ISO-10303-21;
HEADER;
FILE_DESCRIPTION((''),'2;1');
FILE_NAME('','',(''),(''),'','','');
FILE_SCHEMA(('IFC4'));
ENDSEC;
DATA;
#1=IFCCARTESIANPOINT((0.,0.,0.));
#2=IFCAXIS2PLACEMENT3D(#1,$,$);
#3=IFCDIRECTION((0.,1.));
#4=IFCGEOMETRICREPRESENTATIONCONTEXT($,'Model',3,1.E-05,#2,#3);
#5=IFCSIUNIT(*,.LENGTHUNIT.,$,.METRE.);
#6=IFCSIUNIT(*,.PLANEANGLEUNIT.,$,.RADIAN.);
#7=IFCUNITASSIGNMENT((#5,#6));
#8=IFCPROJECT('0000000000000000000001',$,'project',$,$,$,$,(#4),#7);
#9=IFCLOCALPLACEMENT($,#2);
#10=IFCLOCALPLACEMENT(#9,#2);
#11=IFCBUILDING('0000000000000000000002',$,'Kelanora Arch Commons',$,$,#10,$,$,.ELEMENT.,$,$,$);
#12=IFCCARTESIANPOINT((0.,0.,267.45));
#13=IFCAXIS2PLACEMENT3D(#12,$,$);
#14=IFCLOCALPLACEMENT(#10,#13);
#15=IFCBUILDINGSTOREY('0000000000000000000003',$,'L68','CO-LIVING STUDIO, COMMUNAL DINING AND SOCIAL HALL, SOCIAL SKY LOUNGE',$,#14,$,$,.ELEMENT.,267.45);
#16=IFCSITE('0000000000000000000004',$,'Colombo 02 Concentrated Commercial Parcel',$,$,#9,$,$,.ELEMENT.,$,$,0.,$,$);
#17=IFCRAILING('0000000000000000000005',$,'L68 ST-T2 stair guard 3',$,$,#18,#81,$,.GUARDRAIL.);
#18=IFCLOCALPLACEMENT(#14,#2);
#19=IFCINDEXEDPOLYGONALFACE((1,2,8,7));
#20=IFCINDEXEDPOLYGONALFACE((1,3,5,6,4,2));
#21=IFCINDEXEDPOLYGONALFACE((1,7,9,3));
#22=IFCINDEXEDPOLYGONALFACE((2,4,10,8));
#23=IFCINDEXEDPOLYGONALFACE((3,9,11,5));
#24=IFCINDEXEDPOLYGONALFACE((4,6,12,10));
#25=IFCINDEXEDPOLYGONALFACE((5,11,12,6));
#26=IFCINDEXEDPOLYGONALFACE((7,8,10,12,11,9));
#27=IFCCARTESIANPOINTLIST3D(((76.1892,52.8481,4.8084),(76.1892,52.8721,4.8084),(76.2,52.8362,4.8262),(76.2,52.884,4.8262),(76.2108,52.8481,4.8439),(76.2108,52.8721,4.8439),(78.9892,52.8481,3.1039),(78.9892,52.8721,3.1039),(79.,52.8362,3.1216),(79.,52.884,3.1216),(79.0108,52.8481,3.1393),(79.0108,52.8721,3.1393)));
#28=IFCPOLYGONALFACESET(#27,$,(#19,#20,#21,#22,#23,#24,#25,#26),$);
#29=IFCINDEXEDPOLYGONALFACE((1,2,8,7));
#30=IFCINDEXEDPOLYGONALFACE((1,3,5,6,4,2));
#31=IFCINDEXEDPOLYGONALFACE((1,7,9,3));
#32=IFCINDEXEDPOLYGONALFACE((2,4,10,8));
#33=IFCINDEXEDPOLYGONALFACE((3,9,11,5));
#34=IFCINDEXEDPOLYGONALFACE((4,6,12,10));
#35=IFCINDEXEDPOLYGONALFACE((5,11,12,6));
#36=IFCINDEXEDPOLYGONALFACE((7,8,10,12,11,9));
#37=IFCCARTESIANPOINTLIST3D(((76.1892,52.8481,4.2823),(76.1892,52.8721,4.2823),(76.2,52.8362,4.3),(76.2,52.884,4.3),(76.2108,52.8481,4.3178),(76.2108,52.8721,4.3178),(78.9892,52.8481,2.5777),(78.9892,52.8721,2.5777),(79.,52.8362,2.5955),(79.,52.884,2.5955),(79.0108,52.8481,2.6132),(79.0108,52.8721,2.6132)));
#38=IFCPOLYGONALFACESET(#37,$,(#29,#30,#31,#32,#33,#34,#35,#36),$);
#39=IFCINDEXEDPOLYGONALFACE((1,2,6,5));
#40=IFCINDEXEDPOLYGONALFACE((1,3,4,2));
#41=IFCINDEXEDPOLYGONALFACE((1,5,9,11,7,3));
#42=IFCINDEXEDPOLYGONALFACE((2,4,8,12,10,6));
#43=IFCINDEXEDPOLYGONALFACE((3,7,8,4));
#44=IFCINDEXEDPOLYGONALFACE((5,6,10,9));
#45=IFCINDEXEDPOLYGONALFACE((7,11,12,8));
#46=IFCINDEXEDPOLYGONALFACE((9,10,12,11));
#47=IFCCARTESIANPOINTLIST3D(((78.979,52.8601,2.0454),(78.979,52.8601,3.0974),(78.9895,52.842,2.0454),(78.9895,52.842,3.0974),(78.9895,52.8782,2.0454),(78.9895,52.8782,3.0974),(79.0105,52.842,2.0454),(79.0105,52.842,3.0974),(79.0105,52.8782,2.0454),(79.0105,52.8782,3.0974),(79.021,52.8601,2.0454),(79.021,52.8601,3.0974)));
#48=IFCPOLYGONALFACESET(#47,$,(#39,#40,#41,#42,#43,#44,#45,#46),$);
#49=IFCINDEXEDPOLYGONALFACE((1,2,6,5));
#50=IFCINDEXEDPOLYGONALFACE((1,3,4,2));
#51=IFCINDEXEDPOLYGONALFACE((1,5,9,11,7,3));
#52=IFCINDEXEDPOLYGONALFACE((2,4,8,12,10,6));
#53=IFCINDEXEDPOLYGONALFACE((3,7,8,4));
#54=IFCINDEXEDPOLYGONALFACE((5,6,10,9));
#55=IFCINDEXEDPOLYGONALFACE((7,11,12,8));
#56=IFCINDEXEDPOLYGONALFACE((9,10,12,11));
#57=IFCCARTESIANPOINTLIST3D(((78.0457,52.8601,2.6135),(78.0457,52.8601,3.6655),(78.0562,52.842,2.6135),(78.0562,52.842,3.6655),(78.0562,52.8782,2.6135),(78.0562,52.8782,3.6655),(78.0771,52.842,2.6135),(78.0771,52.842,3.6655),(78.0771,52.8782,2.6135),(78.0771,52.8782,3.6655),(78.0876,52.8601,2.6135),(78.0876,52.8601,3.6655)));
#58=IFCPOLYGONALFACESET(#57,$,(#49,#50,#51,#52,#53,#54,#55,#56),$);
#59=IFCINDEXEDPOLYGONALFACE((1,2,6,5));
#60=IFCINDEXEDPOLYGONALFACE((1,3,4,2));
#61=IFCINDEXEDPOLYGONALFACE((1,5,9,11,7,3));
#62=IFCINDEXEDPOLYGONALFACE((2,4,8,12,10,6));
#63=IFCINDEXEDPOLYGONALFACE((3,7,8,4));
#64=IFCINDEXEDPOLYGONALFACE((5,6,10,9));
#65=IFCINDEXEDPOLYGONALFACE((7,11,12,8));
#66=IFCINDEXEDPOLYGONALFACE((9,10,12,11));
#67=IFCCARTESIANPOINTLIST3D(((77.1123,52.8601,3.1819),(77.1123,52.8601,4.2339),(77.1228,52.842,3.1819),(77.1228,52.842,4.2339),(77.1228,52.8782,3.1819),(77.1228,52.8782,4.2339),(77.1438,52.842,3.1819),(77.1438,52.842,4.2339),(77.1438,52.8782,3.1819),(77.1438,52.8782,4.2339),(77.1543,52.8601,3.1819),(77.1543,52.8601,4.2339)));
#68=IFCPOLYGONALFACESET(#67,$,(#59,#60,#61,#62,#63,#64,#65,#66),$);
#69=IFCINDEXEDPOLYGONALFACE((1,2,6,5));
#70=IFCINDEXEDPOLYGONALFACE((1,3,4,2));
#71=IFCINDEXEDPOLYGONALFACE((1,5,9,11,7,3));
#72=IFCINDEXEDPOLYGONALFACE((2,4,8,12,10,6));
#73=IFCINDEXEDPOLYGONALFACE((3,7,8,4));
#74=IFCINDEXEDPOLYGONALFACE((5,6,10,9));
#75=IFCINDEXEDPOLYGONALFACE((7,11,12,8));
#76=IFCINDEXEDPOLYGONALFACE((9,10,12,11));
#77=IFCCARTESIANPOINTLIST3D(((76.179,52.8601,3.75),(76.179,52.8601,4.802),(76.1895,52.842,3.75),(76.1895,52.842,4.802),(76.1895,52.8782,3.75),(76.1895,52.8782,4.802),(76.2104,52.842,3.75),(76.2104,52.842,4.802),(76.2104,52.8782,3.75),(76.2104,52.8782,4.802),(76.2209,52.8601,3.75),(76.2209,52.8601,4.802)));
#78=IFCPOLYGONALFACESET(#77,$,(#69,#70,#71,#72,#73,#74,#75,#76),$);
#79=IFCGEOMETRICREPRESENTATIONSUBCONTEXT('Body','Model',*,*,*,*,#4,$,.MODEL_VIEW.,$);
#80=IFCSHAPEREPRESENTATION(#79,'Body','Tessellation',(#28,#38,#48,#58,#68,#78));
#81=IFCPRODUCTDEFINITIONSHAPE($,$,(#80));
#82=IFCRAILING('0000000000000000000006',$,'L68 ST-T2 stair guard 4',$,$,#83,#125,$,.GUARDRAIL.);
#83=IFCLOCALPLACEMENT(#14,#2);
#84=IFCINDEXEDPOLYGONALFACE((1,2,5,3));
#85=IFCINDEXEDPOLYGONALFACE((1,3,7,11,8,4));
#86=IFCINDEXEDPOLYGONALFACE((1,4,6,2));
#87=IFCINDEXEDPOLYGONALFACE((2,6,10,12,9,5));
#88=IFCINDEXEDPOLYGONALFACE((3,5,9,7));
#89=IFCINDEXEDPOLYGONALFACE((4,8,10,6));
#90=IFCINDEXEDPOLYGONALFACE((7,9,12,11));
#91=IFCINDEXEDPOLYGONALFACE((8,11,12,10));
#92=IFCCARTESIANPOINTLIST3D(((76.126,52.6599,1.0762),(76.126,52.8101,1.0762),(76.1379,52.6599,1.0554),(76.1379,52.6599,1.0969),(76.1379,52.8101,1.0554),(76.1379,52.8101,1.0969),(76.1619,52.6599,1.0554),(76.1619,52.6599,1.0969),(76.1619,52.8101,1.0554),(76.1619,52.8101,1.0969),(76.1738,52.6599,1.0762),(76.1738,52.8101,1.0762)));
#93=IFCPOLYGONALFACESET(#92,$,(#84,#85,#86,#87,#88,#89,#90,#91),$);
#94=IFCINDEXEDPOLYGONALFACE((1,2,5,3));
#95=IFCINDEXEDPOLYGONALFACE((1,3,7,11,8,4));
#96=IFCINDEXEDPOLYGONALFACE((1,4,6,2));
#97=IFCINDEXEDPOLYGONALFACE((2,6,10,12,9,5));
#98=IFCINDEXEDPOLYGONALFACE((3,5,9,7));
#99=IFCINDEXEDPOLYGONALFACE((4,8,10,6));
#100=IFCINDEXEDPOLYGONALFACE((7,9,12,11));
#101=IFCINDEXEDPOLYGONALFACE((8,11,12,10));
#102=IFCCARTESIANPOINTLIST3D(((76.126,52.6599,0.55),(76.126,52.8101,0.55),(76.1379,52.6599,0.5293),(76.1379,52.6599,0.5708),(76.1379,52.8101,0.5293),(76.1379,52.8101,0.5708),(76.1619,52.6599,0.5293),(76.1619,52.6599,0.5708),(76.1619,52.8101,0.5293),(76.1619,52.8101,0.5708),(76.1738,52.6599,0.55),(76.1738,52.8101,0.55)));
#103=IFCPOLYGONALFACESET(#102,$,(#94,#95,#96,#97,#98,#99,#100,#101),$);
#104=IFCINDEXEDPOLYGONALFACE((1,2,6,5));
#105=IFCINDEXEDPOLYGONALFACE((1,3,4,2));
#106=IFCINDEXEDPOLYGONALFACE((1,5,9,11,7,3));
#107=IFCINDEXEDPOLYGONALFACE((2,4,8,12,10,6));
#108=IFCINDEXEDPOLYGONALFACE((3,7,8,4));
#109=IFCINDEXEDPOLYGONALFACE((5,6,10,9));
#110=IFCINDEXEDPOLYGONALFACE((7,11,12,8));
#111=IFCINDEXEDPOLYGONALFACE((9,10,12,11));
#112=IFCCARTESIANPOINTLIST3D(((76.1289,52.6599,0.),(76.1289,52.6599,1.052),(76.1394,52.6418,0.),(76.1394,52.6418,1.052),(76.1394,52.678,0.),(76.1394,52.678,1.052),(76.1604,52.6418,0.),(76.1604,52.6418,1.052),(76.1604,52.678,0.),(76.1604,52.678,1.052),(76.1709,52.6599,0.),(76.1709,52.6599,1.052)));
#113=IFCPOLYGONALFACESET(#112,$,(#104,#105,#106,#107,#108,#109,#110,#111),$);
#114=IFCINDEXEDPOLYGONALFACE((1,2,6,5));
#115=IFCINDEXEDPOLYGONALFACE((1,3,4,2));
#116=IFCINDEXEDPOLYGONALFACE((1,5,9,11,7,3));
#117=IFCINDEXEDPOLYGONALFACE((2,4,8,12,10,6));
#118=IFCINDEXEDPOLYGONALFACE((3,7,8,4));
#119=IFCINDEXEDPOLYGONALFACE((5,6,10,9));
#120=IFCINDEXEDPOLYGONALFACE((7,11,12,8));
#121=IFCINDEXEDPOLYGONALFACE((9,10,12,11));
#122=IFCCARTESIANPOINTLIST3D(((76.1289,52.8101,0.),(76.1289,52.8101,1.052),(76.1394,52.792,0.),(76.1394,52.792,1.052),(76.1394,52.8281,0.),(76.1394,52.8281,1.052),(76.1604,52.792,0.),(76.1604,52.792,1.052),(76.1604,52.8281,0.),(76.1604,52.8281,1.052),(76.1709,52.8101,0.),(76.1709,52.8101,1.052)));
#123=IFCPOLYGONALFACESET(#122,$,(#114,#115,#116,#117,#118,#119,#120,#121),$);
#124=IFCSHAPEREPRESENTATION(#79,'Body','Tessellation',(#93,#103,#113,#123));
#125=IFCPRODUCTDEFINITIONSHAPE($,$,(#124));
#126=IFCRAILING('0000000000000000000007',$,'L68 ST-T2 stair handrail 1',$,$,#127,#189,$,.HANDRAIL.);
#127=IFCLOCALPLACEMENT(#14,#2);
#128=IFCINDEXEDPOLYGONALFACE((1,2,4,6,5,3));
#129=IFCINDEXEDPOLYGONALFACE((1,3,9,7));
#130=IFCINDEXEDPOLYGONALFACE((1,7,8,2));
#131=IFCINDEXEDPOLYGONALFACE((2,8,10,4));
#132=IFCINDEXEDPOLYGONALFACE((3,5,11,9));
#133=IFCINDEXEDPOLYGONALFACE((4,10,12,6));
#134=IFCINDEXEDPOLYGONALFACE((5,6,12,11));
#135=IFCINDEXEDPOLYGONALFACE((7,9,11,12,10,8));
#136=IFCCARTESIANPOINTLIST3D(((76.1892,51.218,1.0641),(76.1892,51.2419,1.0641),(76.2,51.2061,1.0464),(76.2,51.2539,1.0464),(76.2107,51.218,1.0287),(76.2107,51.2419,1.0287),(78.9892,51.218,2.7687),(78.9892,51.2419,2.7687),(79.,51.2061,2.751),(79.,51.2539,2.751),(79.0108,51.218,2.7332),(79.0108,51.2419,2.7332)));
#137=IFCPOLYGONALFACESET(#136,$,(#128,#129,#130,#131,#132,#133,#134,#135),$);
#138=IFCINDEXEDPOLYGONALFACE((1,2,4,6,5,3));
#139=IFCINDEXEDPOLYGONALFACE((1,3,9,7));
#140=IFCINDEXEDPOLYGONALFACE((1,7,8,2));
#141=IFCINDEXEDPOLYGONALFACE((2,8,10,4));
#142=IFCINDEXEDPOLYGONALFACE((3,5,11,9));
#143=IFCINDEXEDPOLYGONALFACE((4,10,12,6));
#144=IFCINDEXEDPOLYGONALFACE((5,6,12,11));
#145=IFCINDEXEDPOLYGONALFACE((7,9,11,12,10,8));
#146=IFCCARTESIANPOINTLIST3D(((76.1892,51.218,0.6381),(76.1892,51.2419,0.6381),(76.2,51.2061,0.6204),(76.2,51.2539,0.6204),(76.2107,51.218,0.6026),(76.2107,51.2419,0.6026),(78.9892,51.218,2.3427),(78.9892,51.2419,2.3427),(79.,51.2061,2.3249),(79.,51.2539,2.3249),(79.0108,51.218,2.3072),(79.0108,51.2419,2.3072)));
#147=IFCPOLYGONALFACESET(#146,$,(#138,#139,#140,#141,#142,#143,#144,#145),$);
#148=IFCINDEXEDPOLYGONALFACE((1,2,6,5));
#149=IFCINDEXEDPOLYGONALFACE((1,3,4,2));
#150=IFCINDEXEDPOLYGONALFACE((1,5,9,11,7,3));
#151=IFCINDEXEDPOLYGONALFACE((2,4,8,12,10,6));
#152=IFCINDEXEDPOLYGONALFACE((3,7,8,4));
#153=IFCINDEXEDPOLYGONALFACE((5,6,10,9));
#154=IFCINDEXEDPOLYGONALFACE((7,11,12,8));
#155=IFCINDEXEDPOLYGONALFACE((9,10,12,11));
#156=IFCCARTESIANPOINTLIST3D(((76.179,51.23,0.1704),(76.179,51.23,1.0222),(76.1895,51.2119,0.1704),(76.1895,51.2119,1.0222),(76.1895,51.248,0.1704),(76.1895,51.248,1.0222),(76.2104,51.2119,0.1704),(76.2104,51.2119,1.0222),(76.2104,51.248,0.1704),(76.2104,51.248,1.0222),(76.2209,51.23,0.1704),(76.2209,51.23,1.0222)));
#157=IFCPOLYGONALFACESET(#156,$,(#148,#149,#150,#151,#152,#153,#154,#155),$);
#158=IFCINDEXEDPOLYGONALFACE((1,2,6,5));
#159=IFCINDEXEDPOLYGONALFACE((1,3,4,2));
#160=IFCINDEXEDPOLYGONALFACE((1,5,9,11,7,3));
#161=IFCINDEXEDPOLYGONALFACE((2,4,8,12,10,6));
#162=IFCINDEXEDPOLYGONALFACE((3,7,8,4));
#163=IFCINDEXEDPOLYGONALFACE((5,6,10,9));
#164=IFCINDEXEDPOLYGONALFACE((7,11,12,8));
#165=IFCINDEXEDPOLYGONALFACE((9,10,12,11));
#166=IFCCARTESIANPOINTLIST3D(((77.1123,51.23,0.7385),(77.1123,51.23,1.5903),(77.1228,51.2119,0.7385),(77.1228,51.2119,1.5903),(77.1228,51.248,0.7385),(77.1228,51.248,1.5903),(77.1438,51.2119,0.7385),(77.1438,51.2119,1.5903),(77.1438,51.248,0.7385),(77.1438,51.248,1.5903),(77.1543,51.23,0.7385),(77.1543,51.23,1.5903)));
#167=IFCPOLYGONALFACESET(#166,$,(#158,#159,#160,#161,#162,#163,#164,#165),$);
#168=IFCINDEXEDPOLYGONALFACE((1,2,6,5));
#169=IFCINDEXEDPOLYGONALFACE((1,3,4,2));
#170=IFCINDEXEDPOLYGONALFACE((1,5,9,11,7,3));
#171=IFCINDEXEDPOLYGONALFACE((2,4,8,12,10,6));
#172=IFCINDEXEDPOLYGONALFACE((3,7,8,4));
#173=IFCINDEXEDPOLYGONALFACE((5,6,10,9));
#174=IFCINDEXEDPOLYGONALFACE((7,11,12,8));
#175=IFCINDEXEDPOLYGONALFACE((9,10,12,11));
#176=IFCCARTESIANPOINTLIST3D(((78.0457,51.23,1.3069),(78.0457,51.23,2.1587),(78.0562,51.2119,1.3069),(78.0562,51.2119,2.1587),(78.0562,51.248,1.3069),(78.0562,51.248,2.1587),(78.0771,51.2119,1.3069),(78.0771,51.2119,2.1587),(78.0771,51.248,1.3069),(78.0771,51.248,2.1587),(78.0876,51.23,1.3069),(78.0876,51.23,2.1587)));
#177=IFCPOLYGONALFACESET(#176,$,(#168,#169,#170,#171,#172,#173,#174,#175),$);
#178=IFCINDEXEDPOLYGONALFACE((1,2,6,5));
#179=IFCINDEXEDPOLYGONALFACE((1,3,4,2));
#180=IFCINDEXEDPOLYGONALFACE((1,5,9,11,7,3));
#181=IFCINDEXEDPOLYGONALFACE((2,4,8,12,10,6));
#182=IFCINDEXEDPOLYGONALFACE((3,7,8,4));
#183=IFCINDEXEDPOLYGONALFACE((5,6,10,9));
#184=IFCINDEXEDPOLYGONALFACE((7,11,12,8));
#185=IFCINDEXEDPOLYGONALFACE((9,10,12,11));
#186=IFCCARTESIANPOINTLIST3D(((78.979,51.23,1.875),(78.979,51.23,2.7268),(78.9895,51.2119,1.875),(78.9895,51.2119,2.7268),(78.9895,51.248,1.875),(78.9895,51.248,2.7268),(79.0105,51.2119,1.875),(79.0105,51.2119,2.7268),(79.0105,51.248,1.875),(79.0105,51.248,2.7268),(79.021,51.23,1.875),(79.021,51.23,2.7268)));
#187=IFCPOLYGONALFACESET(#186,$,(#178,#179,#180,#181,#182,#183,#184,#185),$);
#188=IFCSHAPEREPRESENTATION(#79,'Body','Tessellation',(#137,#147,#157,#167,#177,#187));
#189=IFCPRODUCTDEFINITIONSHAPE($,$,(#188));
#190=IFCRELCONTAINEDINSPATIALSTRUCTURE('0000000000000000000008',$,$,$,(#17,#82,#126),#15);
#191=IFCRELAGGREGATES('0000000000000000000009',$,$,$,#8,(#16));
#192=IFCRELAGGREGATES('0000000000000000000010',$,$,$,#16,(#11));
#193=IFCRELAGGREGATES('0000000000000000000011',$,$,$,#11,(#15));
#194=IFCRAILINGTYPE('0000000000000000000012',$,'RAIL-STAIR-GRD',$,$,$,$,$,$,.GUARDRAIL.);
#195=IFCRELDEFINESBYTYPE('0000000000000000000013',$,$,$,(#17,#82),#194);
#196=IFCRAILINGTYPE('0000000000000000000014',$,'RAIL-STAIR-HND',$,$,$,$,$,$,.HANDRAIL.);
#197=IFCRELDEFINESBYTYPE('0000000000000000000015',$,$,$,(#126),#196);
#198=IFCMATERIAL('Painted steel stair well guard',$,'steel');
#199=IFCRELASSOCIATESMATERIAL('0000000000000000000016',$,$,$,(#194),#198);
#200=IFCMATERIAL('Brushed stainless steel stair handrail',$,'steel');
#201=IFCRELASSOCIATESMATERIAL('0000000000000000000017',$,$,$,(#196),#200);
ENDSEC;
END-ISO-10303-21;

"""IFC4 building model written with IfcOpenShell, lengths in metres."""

from ifc_helpers import new_model, si_unit, direction, frame, origin, place, context, subcontext, project, spatial, polyline, outline, extrude, material, type_object, element, save


model = new_model("IFC4")

# Units and contexts
model_context = context("Model", 3, precision=1e-05, world=origin(), true_north=direction((0.0, 1.0)))
body_context = subcontext(model_context, "Body", "Model", "MODEL_VIEW")
ifc_project = project(units=[si_unit("LENGTHUNIT", "METRE"), si_unit("PLANEANGLEUNIT", "RADIAN")], contexts=[model_context])

# Site, building, storey
site_placement = place(None, origin())
site = spatial("IfcSite", under=ifc_project, at=site_placement, Name="Colombo 02 Concentrated Commercial Parcel", CompositionType="ELEMENT", RefElevation=0.0)
building_placement = place(site_placement, origin())
building = spatial("IfcBuilding", under=site, at=building_placement, Name="Kelanora Arch Commons", CompositionType="ELEMENT")
storey_placement = place(building_placement, frame((0.0, 0.0, 267.45)))
storey = spatial("IfcBuildingStorey", under=building, at=storey_placement, Name="L68", Description="CO-LIVING STUDIO, COMMUNAL DINING AND SOCIAL HALL, SOCIAL SKY LOUNGE", CompositionType="ELEMENT", Elevation=267.45)

# Railings
ifc_material_1 = material(Name="Painted steel stair well guard", Category="steel")
railing_type_1 = type_object("IfcRailingType", Name="RAIL-STAIR-GRD", PredefinedType="GUARDRAIL", material=ifc_material_1)
railing_1_placement = place(storey_placement, frame((79.0, 52.8601, 2.0454)))
element("IfcRailing", 1, at=railing_1_placement, inside=storey, type_object=railing_type_1, Name="L68 ST-T2 stair guard 3", PredefinedType="GUARDRAIL", context=body_context, shape_type="SweptSolid", body=[
    extrude(outline(polyline([(0.0239, 0.0), (0.012, 0.0208), (-0.012, 0.0208), (-0.0239, 0.0), (-0.012, -0.0208), (0.012, -0.0208), (0.0239, 0.0)])), frame((0.0, 0.0, 1.0762), z_axis=(-0.85417, 0.0, 0.519994), x_axis=(0.0, -1.0, 0.0)), (0.0, 0.0, 1.0), 3.2781),
    extrude(outline(polyline([(0.0239, 0.0), (0.012, 0.0208), (-0.012, 0.0208), (-0.0239, 0.0), (-0.012, -0.0208), (0.012, -0.0208), (0.0239, 0.0)])), frame((0.0, 0.0, 0.55), z_axis=(-0.85417, 0.0, 0.519994), x_axis=(0.0, -1.0, 0.0)), (0.0, 0.0, 1.0), 3.2781),
    extrude(outline(polyline([(0.021, 0.0), (0.0105, 0.0181), (-0.0105, 0.0181), (-0.021, 0.0), (-0.0105, -0.0181), (0.0105, -0.0181), (0.021, 0.0)])), origin(), (0.0, 0.0, 1.0), 1.052),
    extrude(outline(polyline([(0.021, 0.0), (0.0105, 0.0181), (-0.0105, 0.0181), (-0.021, 0.0), (-0.0105, -0.0181), (0.0105, -0.0181), (0.021, 0.0)])), frame((-0.9333, 0.0, 0.5681)), (0.0, 0.0, 1.0), 1.052),
    extrude(outline(polyline([(0.021, 0.0), (0.0105, 0.0181), (-0.0105, 0.0181), (-0.021, 0.0), (-0.0105, -0.0181), (0.0105, -0.0181), (0.021, 0.0)])), frame((-1.8667, 0.0, 1.1365)), (0.0, 0.0, 1.0), 1.052),
    extrude(outline(polyline([(0.021, 0.0), (0.0105, 0.0181), (-0.0105, 0.0181), (-0.021, 0.0), (-0.0105, -0.0181), (0.0105, -0.0181), (0.021, 0.0)])), frame((-2.8, 0.0, 1.7046)), (0.0, 0.0, 1.0), 1.052),
])
railing_2_placement = place(storey_placement, frame((76.1499, 52.6599, 0.0)))
element("IfcRailing", 2, at=railing_2_placement, inside=storey, type_object=railing_type_1, Name="L68 ST-T2 stair guard 4", PredefinedType="GUARDRAIL", context=body_context, shape_type="SweptSolid", body=[
    extrude(outline(polyline([(0.0239, 0.0), (0.012, 0.0208), (-0.012, 0.0208), (-0.0239, 0.0), (-0.012, -0.0208), (0.012, -0.0208), (0.0239, 0.0)])), frame((0.0, 0.0, 1.0762), z_axis=(0.0, 1.0, 0.0), x_axis=(-1.0, 0.0, 0.0)), (0.0, 0.0, 1.0), 0.1501),
    extrude(outline(polyline([(0.0239, 0.0), (0.012, 0.0208), (-0.012, 0.0208), (-0.0239, 0.0), (-0.012, -0.0208), (0.012, -0.0208), (0.0239, 0.0)])), frame((0.0, 0.0, 0.55), z_axis=(0.0, 1.0, 0.0), x_axis=(-1.0, 0.0, 0.0)), (0.0, 0.0, 1.0), 0.1501),
    extrude(outline(polyline([(0.021, 0.0), (0.0105, 0.0181), (-0.0105, 0.0181), (-0.021, 0.0), (-0.0105, -0.0181), (0.0105, -0.0181), (0.021, 0.0)])), origin(), (0.0, 0.0, 1.0), 1.052),
    extrude(outline(polyline([(0.021, 0.0), (0.0105, 0.0181), (-0.0105, 0.0181), (-0.021, 0.0), (-0.0105, -0.0181), (0.0105, -0.0181), (0.021, 0.0)])), frame((0.0, 0.1501, 0.0)), (0.0, 0.0, 1.0), 1.052),
])
ifc_material_2 = material(Name="Brushed stainless steel stair handrail", Category="steel")
railing_type_2 = type_object("IfcRailingType", Name="RAIL-STAIR-HND", PredefinedType="HANDRAIL", material=ifc_material_2)
railing_3_placement = place(storey_placement, frame((76.2, 51.23, 0.1704)))
element("IfcRailing", 3, at=railing_3_placement, inside=storey, type_object=railing_type_2, Name="L68 ST-T2 stair handrail 1", PredefinedType="HANDRAIL", context=body_context, shape_type="SweptSolid", body=[
    extrude(outline(polyline([(0.0239, 0.0), (0.012, 0.0208), (-0.012, 0.0208), (-0.0239, 0.0), (-0.012, -0.0208), (0.012, -0.0208), (0.0239, 0.0)])), frame((0.0, 0.0, 0.876), z_axis=(0.85417, 0.0, 0.519994), x_axis=(0.0, 1.0, 0.0)), (0.0, 0.0, 1.0), 3.2781),
    extrude(outline(polyline([(0.0239, 0.0), (0.012, 0.0208), (-0.012, 0.0208), (-0.0239, 0.0), (-0.012, -0.0208), (0.012, -0.0208), (0.0239, 0.0)])), frame((0.0, 0.0, 0.45), z_axis=(0.85417, 0.0, 0.519994), x_axis=(0.0, 1.0, 0.0)), (0.0, 0.0, 1.0), 3.2781),
    extrude(outline(polyline([(0.021, 0.0), (0.0105, 0.0181), (-0.0105, 0.0181), (-0.021, 0.0), (-0.0105, -0.0181), (0.0105, -0.0181), (0.021, 0.0)])), origin(), (0.0, 0.0, 1.0), 0.8518),
    extrude(outline(polyline([(0.021, 0.0), (0.0105, 0.0181), (-0.0105, 0.0181), (-0.021, 0.0), (-0.0105, -0.0181), (0.0105, -0.0181), (0.021, 0.0)])), frame((0.9333, 0.0, 0.5681)), (0.0, 0.0, 1.0), 0.8518),
    extrude(outline(polyline([(0.021, 0.0), (0.0105, 0.0181), (-0.0105, 0.0181), (-0.021, 0.0), (-0.0105, -0.0181), (0.0105, -0.0181), (0.021, 0.0)])), frame((1.8667, 0.0, 1.1365)), (0.0, 0.0, 1.0), 0.8518),
    extrude(outline(polyline([(0.021, 0.0), (0.0105, 0.0181), (-0.0105, 0.0181), (-0.021, 0.0), (-0.0105, -0.0181), (0.0105, -0.0181), (0.021, 0.0)])), frame((2.8, 0.0, 1.7046)), (0.0, 0.0, 1.0), 0.8518),
])

save(model, "model.ifc")
